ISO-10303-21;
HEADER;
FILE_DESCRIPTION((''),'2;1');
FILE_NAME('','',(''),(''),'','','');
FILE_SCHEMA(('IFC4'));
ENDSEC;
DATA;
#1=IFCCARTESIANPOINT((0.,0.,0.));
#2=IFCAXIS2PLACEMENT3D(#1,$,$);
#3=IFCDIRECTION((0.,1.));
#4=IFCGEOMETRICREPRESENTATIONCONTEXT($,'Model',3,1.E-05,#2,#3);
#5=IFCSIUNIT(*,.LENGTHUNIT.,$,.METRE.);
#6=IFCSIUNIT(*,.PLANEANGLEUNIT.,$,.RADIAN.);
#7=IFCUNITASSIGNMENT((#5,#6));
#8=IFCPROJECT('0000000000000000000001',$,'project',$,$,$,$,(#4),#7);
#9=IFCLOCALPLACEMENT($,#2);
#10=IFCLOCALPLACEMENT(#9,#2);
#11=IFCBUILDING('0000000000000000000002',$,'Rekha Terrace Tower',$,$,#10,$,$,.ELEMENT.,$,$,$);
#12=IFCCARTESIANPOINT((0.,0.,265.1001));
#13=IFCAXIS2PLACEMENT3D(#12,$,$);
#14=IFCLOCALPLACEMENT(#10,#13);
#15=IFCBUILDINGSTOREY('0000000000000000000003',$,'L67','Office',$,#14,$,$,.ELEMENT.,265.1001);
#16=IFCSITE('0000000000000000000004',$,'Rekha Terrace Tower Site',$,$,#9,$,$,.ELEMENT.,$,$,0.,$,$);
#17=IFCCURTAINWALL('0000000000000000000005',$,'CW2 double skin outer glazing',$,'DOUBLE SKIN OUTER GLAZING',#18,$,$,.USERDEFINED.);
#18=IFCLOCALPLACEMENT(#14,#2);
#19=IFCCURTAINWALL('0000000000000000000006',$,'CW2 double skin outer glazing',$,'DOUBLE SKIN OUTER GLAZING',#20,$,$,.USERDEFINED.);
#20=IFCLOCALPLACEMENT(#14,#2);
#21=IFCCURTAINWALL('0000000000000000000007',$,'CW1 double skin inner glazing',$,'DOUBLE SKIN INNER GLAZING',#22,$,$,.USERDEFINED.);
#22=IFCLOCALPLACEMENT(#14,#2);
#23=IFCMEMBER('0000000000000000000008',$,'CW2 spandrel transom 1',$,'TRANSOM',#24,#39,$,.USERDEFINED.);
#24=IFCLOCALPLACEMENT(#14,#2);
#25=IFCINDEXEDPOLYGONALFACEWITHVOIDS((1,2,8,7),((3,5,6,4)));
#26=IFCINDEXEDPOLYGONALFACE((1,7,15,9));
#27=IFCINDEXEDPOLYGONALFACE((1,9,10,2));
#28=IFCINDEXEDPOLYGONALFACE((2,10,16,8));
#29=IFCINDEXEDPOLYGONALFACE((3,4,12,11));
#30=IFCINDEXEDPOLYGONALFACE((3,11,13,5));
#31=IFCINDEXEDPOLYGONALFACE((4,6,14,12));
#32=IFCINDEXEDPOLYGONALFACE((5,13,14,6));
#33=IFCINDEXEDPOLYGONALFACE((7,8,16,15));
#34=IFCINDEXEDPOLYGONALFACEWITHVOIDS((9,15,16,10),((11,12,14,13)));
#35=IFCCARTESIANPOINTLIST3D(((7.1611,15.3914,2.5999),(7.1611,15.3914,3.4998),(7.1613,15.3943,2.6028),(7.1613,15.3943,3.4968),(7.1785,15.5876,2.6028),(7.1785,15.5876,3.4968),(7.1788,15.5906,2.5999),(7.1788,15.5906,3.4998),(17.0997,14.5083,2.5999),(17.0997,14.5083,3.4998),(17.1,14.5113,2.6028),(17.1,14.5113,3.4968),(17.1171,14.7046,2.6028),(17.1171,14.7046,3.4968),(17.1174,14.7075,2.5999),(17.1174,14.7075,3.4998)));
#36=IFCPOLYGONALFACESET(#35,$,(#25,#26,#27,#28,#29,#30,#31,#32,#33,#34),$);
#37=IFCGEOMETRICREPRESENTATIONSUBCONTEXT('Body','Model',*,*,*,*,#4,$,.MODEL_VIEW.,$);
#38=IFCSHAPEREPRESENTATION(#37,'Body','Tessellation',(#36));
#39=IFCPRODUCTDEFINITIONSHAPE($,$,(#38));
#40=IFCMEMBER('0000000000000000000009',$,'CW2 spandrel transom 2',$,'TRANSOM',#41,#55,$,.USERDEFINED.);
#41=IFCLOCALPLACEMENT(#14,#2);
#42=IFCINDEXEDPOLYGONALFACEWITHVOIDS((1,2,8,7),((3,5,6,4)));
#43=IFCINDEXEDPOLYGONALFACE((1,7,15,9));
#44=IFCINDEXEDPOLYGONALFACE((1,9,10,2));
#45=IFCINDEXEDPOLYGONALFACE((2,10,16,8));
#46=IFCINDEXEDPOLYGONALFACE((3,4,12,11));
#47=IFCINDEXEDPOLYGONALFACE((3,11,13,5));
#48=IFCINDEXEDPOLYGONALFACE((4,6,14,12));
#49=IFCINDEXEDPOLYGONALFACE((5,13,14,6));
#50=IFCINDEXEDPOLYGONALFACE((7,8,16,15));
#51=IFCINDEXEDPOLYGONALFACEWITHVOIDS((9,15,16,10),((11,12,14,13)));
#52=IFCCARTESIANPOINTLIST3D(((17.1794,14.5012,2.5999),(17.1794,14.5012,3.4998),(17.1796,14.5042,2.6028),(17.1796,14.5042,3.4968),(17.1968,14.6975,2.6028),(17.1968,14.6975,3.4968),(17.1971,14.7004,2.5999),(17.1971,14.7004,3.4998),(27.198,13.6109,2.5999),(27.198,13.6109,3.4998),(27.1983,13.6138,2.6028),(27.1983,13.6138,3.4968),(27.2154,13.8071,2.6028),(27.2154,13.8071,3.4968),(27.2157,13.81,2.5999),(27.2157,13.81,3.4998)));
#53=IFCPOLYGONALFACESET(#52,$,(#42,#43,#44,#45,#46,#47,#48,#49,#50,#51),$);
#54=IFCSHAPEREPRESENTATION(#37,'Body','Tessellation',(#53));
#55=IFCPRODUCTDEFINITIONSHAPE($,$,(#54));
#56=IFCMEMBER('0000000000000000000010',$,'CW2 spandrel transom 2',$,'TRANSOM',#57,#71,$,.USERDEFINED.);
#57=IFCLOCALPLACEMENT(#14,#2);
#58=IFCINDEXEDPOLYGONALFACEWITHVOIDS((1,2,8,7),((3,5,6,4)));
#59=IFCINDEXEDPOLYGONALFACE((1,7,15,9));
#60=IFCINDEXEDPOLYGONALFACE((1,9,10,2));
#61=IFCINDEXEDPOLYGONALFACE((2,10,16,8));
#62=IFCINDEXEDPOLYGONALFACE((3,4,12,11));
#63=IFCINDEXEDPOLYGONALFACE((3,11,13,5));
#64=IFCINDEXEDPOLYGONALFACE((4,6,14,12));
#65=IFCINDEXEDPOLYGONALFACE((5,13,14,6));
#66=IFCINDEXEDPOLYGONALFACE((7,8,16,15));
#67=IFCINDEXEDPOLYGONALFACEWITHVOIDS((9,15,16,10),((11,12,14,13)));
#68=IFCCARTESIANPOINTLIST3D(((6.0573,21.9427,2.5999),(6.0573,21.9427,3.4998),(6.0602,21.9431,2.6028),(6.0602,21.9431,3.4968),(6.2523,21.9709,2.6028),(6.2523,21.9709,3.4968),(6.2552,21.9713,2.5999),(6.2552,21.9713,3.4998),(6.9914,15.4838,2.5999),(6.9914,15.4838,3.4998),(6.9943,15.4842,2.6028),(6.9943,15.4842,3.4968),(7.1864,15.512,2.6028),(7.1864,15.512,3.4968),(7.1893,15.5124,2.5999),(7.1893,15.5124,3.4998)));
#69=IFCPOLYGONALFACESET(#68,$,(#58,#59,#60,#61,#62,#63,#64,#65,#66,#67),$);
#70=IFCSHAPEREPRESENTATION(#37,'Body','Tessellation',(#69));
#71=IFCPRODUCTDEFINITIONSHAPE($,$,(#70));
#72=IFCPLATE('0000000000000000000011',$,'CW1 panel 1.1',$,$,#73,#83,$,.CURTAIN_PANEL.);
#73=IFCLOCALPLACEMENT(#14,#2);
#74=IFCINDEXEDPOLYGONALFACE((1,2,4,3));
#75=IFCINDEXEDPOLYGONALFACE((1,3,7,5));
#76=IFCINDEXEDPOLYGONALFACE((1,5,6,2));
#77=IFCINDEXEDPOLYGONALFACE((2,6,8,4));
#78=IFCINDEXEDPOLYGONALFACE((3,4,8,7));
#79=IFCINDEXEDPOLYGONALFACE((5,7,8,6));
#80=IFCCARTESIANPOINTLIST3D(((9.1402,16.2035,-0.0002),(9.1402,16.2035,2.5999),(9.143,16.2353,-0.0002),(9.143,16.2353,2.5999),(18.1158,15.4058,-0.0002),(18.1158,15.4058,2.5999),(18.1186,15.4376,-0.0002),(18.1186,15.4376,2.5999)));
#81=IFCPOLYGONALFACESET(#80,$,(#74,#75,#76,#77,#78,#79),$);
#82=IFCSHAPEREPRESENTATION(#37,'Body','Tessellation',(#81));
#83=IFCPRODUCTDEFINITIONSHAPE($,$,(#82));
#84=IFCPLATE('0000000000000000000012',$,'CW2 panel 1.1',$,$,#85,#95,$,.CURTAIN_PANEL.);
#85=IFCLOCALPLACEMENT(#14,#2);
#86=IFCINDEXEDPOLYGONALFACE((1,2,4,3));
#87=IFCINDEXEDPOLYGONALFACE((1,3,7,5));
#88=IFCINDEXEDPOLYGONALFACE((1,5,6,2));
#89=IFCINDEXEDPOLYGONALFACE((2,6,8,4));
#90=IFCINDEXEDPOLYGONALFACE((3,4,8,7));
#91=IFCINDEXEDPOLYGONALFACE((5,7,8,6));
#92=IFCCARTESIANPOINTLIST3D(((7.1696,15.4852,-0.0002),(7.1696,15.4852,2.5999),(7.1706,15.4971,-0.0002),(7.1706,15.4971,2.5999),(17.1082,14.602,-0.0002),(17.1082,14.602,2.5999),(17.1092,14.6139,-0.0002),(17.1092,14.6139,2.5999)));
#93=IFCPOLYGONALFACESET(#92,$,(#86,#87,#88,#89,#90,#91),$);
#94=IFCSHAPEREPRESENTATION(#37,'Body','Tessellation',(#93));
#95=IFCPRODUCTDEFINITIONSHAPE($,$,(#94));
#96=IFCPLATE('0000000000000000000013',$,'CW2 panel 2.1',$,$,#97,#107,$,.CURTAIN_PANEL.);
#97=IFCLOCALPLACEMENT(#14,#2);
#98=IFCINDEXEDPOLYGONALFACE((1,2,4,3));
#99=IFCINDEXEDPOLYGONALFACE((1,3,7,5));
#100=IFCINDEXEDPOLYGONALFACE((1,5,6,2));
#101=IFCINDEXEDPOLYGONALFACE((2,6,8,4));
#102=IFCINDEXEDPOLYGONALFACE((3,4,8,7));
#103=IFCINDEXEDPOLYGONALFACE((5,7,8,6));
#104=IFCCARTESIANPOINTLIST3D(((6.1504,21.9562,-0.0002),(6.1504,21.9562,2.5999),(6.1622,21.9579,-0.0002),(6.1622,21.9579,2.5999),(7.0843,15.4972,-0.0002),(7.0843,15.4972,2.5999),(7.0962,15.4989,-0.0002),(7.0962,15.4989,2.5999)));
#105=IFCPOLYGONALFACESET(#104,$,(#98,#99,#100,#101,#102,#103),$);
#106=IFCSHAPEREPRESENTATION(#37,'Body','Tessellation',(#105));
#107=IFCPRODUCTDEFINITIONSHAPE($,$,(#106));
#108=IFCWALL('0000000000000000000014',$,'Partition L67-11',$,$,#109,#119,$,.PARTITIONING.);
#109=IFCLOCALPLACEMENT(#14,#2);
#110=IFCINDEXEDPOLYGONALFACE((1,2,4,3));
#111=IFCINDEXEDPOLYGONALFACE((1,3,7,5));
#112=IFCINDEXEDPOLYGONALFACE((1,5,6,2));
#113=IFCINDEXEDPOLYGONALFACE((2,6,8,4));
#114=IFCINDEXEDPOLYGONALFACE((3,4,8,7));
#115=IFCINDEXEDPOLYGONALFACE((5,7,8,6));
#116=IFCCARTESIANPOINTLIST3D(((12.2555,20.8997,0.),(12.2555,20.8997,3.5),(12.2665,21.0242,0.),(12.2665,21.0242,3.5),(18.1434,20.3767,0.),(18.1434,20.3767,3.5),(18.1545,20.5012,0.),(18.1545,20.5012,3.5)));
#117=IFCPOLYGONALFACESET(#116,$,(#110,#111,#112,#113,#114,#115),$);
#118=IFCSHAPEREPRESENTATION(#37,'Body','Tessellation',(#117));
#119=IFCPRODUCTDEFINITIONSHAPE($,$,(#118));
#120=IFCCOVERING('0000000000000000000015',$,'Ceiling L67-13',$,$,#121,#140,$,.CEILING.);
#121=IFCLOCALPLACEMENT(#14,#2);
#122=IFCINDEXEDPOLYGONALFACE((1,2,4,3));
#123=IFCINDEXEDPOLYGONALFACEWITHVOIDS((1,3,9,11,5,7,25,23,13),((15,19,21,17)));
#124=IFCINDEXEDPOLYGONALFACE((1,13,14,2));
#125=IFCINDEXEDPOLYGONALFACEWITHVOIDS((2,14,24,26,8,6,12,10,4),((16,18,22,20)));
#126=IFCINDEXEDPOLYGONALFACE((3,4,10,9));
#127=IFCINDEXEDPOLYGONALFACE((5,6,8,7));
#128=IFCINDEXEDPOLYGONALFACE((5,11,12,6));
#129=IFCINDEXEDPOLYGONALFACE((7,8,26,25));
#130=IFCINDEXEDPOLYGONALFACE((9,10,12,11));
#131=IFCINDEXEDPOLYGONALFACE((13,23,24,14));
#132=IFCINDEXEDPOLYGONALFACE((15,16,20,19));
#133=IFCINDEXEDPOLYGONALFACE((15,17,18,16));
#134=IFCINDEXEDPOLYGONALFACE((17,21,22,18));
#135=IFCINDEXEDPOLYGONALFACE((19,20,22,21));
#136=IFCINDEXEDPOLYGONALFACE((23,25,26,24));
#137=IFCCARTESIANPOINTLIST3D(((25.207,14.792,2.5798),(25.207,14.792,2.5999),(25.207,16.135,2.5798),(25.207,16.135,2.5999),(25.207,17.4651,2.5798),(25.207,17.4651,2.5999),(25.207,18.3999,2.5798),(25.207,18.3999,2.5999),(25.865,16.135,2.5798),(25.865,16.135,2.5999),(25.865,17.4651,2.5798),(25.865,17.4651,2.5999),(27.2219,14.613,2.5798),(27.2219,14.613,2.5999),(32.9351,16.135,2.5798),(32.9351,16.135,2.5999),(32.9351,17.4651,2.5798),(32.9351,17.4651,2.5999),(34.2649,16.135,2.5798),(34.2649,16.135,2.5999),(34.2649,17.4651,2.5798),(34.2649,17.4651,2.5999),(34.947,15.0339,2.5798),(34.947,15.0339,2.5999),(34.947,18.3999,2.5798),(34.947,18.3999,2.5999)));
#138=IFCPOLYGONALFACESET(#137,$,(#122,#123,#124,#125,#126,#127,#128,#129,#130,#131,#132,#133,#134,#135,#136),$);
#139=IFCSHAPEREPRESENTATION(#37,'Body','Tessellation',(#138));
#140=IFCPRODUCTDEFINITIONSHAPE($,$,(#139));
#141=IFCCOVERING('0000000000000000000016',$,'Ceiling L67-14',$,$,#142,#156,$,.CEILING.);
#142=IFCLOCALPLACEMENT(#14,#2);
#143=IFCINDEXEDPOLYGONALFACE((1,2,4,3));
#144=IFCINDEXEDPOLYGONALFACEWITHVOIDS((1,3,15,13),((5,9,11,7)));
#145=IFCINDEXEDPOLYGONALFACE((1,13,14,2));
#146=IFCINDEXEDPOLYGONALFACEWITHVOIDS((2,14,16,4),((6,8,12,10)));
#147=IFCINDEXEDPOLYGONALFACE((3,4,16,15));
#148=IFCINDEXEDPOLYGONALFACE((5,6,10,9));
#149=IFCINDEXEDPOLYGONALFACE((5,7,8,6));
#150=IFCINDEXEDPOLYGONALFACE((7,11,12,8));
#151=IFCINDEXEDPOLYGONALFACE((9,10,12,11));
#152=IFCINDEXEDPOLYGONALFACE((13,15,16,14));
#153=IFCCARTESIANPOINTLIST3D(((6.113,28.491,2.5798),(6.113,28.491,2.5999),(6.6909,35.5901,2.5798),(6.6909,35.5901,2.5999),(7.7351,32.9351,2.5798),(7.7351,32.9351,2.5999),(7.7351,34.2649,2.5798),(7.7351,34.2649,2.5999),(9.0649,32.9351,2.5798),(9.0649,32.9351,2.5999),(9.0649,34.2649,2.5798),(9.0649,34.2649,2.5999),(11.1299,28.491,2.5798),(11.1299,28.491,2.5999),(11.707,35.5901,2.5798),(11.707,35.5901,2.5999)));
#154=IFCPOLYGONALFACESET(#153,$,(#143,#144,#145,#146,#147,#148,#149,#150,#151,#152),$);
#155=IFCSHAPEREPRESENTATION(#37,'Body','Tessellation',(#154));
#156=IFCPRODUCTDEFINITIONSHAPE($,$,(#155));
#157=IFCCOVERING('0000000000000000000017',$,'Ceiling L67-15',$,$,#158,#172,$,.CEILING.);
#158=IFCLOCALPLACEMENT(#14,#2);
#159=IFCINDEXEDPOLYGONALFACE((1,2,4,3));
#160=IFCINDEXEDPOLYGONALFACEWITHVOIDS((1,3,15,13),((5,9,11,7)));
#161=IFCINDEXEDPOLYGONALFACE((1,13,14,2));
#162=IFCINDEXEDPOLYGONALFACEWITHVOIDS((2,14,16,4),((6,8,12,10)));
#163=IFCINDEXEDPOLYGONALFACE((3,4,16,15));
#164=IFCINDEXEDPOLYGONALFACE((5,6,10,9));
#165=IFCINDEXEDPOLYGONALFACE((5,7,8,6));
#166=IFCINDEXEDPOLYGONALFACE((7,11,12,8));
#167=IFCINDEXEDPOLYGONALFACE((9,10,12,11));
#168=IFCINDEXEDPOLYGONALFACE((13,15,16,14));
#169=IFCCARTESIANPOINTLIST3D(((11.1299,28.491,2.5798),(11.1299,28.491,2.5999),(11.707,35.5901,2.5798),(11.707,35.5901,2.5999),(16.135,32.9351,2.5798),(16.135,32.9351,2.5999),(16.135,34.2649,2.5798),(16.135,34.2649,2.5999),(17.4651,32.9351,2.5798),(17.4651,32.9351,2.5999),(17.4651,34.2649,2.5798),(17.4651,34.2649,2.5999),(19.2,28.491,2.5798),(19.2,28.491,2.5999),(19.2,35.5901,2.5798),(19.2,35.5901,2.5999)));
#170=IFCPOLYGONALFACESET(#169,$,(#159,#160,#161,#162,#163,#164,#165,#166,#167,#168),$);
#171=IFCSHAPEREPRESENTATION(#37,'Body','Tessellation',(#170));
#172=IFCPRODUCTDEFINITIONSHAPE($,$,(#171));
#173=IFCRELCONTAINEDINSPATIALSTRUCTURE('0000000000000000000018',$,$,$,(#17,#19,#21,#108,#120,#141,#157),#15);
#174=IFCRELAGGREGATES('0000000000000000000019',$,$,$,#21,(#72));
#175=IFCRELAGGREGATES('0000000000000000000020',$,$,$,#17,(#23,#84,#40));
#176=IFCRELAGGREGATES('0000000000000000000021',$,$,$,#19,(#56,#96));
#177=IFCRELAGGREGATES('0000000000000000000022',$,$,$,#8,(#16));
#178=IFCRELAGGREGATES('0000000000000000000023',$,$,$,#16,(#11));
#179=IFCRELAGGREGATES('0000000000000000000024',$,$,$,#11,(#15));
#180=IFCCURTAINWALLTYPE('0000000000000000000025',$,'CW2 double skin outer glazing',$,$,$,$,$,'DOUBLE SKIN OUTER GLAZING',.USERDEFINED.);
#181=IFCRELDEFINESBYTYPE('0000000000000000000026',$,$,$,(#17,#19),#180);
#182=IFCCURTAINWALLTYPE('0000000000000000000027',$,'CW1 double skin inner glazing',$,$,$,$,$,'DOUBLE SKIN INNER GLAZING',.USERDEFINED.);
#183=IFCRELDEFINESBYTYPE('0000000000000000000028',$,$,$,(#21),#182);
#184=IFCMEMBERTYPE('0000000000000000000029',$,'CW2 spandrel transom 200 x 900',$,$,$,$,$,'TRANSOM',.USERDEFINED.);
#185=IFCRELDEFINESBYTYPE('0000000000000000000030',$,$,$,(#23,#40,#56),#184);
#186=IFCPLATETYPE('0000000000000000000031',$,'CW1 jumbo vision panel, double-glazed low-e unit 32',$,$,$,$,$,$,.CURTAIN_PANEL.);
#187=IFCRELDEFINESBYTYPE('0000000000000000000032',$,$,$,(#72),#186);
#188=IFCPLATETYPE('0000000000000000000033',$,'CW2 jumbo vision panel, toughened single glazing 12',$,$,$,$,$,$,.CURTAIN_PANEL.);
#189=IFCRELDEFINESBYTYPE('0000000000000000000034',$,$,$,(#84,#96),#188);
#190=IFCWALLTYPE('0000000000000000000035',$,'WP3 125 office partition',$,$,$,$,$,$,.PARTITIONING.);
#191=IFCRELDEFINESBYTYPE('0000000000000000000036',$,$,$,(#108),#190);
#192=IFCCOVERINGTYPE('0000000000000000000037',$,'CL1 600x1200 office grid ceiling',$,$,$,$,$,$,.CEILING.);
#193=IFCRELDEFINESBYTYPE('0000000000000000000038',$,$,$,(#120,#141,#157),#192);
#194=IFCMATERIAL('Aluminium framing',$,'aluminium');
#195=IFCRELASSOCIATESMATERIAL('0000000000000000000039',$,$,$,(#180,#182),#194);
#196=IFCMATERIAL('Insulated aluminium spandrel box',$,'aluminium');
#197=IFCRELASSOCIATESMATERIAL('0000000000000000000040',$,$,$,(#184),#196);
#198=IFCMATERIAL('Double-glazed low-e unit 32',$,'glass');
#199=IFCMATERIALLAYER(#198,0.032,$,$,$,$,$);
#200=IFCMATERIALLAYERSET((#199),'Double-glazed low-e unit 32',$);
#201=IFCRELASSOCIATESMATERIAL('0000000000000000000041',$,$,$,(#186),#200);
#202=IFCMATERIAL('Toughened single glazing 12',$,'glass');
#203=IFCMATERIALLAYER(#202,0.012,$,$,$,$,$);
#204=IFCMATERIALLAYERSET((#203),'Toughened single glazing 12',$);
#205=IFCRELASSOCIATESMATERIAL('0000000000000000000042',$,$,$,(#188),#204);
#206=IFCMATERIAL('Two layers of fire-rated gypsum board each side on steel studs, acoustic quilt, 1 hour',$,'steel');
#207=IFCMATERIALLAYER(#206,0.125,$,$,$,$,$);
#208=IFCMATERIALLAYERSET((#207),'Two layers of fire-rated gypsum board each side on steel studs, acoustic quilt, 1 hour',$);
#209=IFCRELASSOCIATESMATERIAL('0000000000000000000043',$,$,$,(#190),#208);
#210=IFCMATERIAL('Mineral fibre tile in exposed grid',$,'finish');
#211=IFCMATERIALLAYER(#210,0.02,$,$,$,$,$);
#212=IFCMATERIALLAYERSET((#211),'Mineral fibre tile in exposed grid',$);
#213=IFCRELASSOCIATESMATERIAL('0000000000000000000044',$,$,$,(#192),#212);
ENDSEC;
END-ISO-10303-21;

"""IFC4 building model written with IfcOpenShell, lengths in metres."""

from ifc_helpers import new_model, si_unit, direction, frame, frame_2d, origin, origin_2d, place, context, subcontext, project, spatial, polyline, rectangle, hollow_rectangle, outline, extrude, material, layer, layer_set, material_profile, profile_set, type_object, element, aggregate, save


model = new_model("IFC4")

# Units and contexts
model_context = context("Model", 3, precision=1e-05, world=origin(), true_north=direction((0.0, 1.0)))
body_context = subcontext(model_context, "Body", "Model", "MODEL_VIEW")
ifc_project = project(units=[si_unit("LENGTHUNIT", "METRE"), si_unit("PLANEANGLEUNIT", "RADIAN")], contexts=[model_context])

# Site, building, storey
site_placement = place(None, origin())
site = spatial("IfcSite", under=ifc_project, at=site_placement, Name="Rekha Terrace Tower Site", CompositionType="ELEMENT", RefElevation=0.0)
building_placement = place(site_placement, origin())
building = spatial("IfcBuilding", under=site, at=building_placement, Name="Rekha Terrace Tower", CompositionType="ELEMENT")
storey_placement = place(building_placement, frame((0.0, 0.0, 265.1001)))
storey = spatial("IfcBuildingStorey", under=building, at=storey_placement, Name="L67", Description="Office", CompositionType="ELEMENT", Elevation=265.1001)

# Curtain walls
ifc_material_1 = material(Name="Aluminium framing", Category="aluminium")
curtain_wall_type_1 = type_object("IfcCurtainWallType", Name="CW2 double skin outer glazing", ElementType="DOUBLE SKIN OUTER GLAZING", PredefinedType="USERDEFINED", material=ifc_material_1)
curtain_wall_1_placement = place(storey_placement, origin())
curtain_wall_1 = element("IfcCurtainWall", 1, at=curtain_wall_1_placement, inside=storey, type_object=curtain_wall_type_1, Name="CW2 double skin outer glazing", ObjectType="DOUBLE SKIN OUTER GLAZING", PredefinedType="USERDEFINED")
curtain_wall_2_placement = place(storey_placement, origin())
curtain_wall_2 = element("IfcCurtainWall", 2, at=curtain_wall_2_placement, inside=storey, type_object=curtain_wall_type_1, Name="CW2 double skin outer glazing", ObjectType="DOUBLE SKIN OUTER GLAZING", PredefinedType="USERDEFINED")
curtain_wall_type_2 = type_object("IfcCurtainWallType", Name="CW1 double skin inner glazing", ElementType="DOUBLE SKIN INNER GLAZING", PredefinedType="USERDEFINED", material=ifc_material_1)
curtain_wall_3_placement = place(storey_placement, origin())
curtain_wall_3 = element("IfcCurtainWall", 3, at=curtain_wall_3_placement, inside=storey, type_object=curtain_wall_type_2, Name="CW1 double skin inner glazing", ObjectType="DOUBLE SKIN INNER GLAZING", PredefinedType="USERDEFINED")

# Members
ifc_material_2 = material(Name="Insulated aluminium spandrel box", Category="aluminium")
ifc_material_profile_1 = material_profile(ifc_material_2, hollow_rectangle(XDim=0.2, YDim=0.8999, WallThickness=0.0029, at=origin_2d()), Name="AL SPANDREL BOX 200x900")
ifc_profile_set_1 = profile_set([ifc_material_profile_1], Name="Insulated aluminium spandrel box")
member_type_1 = type_object("IfcMemberType", Name="CW2 spandrel transom 200 x 900", ElementType="TRANSOM", PredefinedType="USERDEFINED", material=ifc_profile_set_1)
member_1_placement = place(storey_placement, frame((7.1699, 15.491, 3.0498), z_axis=(0.996076, -0.088501, 0.0), x_axis=(0.088501, 0.996076, 0.0)))
member_1 = element("IfcMember", 4, at=member_1_placement, type_object=member_type_1, Name="CW2 spandrel transom 1", ObjectType="TRANSOM", PredefinedType="USERDEFINED", context=body_context, shape_type="SweptSolid", body=[
    extrude(hollow_rectangle(XDim=0.2, YDim=0.8999, WallThickness=0.0029, at=origin_2d()), origin(), (0.0, 0.0, 1.0), 9.9778),
])
member_2_placement = place(storey_placement, frame((17.1882, 14.6008, 3.0498), z_axis=(0.996074, -0.088524, 0.0), x_axis=(0.088524, 0.996074, 0.0)))
member_2 = element("IfcMember", 5, at=member_2_placement, type_object=member_type_1, Name="CW2 spandrel transom 2", ObjectType="TRANSOM", PredefinedType="USERDEFINED", context=body_context, shape_type="SweptSolid", body=[
    extrude(hollow_rectangle(XDim=0.2, YDim=0.8999, WallThickness=0.0029, at=origin_2d()), origin(), (0.0, 0.0, 1.0), 10.0581),
])
member_3_placement = place(storey_placement, frame((6.1562, 21.957, 3.0498), z_axis=(0.143129, -0.989704, 0.0), x_axis=(0.989704, 0.143129, 0.0)))
member_3 = element("IfcMember", 6, at=member_3_placement, type_object=member_type_1, Name="CW2 spandrel transom 2", ObjectType="TRANSOM", PredefinedType="USERDEFINED", context=body_context, shape_type="SweptSolid", body=[
    extrude(hollow_rectangle(XDim=0.2, YDim=0.8999, WallThickness=0.0029, at=origin_2d()), origin(), (0.0, 0.0, 1.0), 6.5261),
])

# Plates
ifc_material_3 = material(Name="Double-glazed low-e unit 32", Category="glass")
ifc_layer_1 = layer(ifc_material_3, 0.032)
ifc_layer_set_1 = layer_set([ifc_layer_1], Name="Double-glazed low-e unit 32")
plate_type_1 = type_object("IfcPlateType", Name="CW1 jumbo vision panel, double-glazed low-e unit 32", PredefinedType="CURTAIN_PANEL", material=ifc_layer_set_1)
plate_1_placement = place(storey_placement, frame((13.6294, 15.8206, -0.0002), z_axis=(0.0, 0.0, 1.0), x_axis=(0.996074, -0.088522, 0.0)))
plate_1 = element("IfcPlate", 7, at=plate_1_placement, type_object=plate_type_1, Name="CW1 panel 1.1", PredefinedType="CURTAIN_PANEL", context=body_context, shape_type="SweptSolid", body=[
    extrude(rectangle(XDim=9.011, YDim=0.032, at=origin_2d()), origin(), (0.0, 0.0, 1.0), 2.6001),
])
aggregate(curtain_wall_3, [plate_1])
ifc_material_4 = material(Name="Toughened single glazing 12", Category="glass")
ifc_layer_2 = layer(ifc_material_4, 0.012)
ifc_layer_set_2 = layer_set([ifc_layer_2], Name="Toughened single glazing 12")
plate_type_2 = type_object("IfcPlateType", Name="CW2 jumbo vision panel, toughened single glazing 12", PredefinedType="CURTAIN_PANEL", material=ifc_layer_set_2)
plate_2_placement = place(storey_placement, frame((12.1394, 15.0496, -0.0002), z_axis=(0.0, 0.0, 1.0), x_axis=(0.996074, -0.088522, 0.0)))
plate_2 = element("IfcPlate", 8, at=plate_2_placement, type_object=plate_type_2, Name="CW2 panel 1.1", PredefinedType="CURTAIN_PANEL", context=body_context, shape_type="SweptSolid", body=[
    extrude(rectangle(XDim=9.9778, YDim=0.012, at=origin_2d()), origin(), (0.0, 0.0, 1.0), 2.6001),
])
aggregate(curtain_wall_1, [member_1, plate_2, member_2])
plate_3_placement = place(storey_placement, frame((6.6233, 18.7275, -0.0002), z_axis=(0.0, 0.0, 1.0), x_axis=(0.143108, -0.989707, 0.0)))
plate_3 = element("IfcPlate", 9, at=plate_3_placement, type_object=plate_type_2, Name="CW2 panel 2.1", PredefinedType="CURTAIN_PANEL", context=body_context, shape_type="SweptSolid", body=[
    extrude(rectangle(XDim=6.5261, YDim=0.012, at=origin_2d()), origin(), (0.0, 0.0, 1.0), 2.6001),
])
aggregate(curtain_wall_2, [member_3, plate_3])

# Wall
ifc_material_5 = material(Name="Two layers of fire-rated gypsum board each side on steel studs, acoustic quilt, 1 hour", Category="steel")
ifc_layer_3 = layer(ifc_material_5, 0.125)
ifc_layer_set_3 = layer_set([ifc_layer_3], Name="Two layers of fire-rated gypsum board each side on steel studs, acoustic quilt, 1 hour")
wall_type = type_object("IfcWallType", Name="WP3 125 office partition", PredefinedType="PARTITIONING", material=ifc_layer_set_3)
wall_placement = place(storey_placement, frame((12.261, 20.9619, 0.0), z_axis=(0.0, 0.0, 1.0), x_axis=(0.996079, -0.088469, 0.0)))
element("IfcWall", 10, at=wall_placement, inside=storey, type_object=wall_type, Name="Partition L67-11", PredefinedType="PARTITIONING", context=body_context, shape_type="SweptSolid", body=[
    extrude(rectangle(XDim=5.9111, YDim=0.125, at=frame_2d((2.9556, 0.0))), origin(), (0.0, 0.0, 1.0), 3.5),
])

# Coverings
ifc_material_6 = material(Name="Mineral fibre tile in exposed grid", Category="finish")
ifc_layer_4 = layer(ifc_material_6, 0.02)
ifc_layer_set_4 = layer_set([ifc_layer_4], Name="Mineral fibre tile in exposed grid")
covering_type_1 = type_object("IfcCoveringType", Name="CL1 600x1200 office grid ceiling", PredefinedType="CEILING", material=ifc_layer_set_4)
covering_1_placement = place(storey_placement, frame((0.0, 0.0, 2.5798)))
element("IfcCovering", 11, at=covering_1_placement, inside=storey, type_object=covering_type_1, Name="Ceiling L67-13", PredefinedType="CEILING", context=body_context, shape_type="SweptSolid", body=[
    extrude(outline(polyline([(34.947, 15.0339), (34.947, 18.3999), (25.207, 18.3999), (25.207, 17.4651), (25.865, 17.4651), (25.865, 16.135), (25.207, 16.135), (25.207, 14.792), (27.2219, 14.613), (34.947, 15.0339)]), holes=[polyline([(34.2649, 16.135), (32.9351, 16.135), (32.9351, 17.4651), (34.2649, 17.4651), (34.2649, 16.135)])]), origin(), (0.0, 0.0, 1.0), 0.02),
])
covering_2_placement = place(storey_placement, frame((0.0, 0.0, 2.5798)))
element("IfcCovering", 12, at=covering_2_placement, inside=storey, type_object=covering_type_1, Name="Ceiling L67-14", PredefinedType="CEILING", context=body_context, shape_type="SweptSolid", body=[
    extrude(outline(polyline([(11.1299, 28.491), (11.707, 35.5901), (6.6909, 35.5901), (6.113, 28.491), (11.1299, 28.491)]), holes=[polyline([(9.0649, 34.2649), (9.0649, 32.9351), (7.7351, 32.9351), (7.7351, 34.2649), (9.0649, 34.2649)])]), origin(), (0.0, 0.0, 1.0), 0.02),
])
covering_3_placement = place(storey_placement, frame((0.0, 0.0, 2.5798)))
element("IfcCovering", 13, at=covering_3_placement, inside=storey, type_object=covering_type_1, Name="Ceiling L67-15", PredefinedType="CEILING", context=body_context, shape_type="SweptSolid", body=[
    extrude(outline(polyline([(19.2, 28.491), (19.2, 35.5901), (11.707, 35.5901), (11.1299, 28.491), (19.2, 28.491)]), holes=[polyline([(17.4651, 34.2649), (17.4651, 32.9351), (16.135, 32.9351), (16.135, 34.2649), (17.4651, 34.2649)])]), origin(), (0.0, 0.0, 1.0), 0.02),
])

save(model, "model.ifc")
